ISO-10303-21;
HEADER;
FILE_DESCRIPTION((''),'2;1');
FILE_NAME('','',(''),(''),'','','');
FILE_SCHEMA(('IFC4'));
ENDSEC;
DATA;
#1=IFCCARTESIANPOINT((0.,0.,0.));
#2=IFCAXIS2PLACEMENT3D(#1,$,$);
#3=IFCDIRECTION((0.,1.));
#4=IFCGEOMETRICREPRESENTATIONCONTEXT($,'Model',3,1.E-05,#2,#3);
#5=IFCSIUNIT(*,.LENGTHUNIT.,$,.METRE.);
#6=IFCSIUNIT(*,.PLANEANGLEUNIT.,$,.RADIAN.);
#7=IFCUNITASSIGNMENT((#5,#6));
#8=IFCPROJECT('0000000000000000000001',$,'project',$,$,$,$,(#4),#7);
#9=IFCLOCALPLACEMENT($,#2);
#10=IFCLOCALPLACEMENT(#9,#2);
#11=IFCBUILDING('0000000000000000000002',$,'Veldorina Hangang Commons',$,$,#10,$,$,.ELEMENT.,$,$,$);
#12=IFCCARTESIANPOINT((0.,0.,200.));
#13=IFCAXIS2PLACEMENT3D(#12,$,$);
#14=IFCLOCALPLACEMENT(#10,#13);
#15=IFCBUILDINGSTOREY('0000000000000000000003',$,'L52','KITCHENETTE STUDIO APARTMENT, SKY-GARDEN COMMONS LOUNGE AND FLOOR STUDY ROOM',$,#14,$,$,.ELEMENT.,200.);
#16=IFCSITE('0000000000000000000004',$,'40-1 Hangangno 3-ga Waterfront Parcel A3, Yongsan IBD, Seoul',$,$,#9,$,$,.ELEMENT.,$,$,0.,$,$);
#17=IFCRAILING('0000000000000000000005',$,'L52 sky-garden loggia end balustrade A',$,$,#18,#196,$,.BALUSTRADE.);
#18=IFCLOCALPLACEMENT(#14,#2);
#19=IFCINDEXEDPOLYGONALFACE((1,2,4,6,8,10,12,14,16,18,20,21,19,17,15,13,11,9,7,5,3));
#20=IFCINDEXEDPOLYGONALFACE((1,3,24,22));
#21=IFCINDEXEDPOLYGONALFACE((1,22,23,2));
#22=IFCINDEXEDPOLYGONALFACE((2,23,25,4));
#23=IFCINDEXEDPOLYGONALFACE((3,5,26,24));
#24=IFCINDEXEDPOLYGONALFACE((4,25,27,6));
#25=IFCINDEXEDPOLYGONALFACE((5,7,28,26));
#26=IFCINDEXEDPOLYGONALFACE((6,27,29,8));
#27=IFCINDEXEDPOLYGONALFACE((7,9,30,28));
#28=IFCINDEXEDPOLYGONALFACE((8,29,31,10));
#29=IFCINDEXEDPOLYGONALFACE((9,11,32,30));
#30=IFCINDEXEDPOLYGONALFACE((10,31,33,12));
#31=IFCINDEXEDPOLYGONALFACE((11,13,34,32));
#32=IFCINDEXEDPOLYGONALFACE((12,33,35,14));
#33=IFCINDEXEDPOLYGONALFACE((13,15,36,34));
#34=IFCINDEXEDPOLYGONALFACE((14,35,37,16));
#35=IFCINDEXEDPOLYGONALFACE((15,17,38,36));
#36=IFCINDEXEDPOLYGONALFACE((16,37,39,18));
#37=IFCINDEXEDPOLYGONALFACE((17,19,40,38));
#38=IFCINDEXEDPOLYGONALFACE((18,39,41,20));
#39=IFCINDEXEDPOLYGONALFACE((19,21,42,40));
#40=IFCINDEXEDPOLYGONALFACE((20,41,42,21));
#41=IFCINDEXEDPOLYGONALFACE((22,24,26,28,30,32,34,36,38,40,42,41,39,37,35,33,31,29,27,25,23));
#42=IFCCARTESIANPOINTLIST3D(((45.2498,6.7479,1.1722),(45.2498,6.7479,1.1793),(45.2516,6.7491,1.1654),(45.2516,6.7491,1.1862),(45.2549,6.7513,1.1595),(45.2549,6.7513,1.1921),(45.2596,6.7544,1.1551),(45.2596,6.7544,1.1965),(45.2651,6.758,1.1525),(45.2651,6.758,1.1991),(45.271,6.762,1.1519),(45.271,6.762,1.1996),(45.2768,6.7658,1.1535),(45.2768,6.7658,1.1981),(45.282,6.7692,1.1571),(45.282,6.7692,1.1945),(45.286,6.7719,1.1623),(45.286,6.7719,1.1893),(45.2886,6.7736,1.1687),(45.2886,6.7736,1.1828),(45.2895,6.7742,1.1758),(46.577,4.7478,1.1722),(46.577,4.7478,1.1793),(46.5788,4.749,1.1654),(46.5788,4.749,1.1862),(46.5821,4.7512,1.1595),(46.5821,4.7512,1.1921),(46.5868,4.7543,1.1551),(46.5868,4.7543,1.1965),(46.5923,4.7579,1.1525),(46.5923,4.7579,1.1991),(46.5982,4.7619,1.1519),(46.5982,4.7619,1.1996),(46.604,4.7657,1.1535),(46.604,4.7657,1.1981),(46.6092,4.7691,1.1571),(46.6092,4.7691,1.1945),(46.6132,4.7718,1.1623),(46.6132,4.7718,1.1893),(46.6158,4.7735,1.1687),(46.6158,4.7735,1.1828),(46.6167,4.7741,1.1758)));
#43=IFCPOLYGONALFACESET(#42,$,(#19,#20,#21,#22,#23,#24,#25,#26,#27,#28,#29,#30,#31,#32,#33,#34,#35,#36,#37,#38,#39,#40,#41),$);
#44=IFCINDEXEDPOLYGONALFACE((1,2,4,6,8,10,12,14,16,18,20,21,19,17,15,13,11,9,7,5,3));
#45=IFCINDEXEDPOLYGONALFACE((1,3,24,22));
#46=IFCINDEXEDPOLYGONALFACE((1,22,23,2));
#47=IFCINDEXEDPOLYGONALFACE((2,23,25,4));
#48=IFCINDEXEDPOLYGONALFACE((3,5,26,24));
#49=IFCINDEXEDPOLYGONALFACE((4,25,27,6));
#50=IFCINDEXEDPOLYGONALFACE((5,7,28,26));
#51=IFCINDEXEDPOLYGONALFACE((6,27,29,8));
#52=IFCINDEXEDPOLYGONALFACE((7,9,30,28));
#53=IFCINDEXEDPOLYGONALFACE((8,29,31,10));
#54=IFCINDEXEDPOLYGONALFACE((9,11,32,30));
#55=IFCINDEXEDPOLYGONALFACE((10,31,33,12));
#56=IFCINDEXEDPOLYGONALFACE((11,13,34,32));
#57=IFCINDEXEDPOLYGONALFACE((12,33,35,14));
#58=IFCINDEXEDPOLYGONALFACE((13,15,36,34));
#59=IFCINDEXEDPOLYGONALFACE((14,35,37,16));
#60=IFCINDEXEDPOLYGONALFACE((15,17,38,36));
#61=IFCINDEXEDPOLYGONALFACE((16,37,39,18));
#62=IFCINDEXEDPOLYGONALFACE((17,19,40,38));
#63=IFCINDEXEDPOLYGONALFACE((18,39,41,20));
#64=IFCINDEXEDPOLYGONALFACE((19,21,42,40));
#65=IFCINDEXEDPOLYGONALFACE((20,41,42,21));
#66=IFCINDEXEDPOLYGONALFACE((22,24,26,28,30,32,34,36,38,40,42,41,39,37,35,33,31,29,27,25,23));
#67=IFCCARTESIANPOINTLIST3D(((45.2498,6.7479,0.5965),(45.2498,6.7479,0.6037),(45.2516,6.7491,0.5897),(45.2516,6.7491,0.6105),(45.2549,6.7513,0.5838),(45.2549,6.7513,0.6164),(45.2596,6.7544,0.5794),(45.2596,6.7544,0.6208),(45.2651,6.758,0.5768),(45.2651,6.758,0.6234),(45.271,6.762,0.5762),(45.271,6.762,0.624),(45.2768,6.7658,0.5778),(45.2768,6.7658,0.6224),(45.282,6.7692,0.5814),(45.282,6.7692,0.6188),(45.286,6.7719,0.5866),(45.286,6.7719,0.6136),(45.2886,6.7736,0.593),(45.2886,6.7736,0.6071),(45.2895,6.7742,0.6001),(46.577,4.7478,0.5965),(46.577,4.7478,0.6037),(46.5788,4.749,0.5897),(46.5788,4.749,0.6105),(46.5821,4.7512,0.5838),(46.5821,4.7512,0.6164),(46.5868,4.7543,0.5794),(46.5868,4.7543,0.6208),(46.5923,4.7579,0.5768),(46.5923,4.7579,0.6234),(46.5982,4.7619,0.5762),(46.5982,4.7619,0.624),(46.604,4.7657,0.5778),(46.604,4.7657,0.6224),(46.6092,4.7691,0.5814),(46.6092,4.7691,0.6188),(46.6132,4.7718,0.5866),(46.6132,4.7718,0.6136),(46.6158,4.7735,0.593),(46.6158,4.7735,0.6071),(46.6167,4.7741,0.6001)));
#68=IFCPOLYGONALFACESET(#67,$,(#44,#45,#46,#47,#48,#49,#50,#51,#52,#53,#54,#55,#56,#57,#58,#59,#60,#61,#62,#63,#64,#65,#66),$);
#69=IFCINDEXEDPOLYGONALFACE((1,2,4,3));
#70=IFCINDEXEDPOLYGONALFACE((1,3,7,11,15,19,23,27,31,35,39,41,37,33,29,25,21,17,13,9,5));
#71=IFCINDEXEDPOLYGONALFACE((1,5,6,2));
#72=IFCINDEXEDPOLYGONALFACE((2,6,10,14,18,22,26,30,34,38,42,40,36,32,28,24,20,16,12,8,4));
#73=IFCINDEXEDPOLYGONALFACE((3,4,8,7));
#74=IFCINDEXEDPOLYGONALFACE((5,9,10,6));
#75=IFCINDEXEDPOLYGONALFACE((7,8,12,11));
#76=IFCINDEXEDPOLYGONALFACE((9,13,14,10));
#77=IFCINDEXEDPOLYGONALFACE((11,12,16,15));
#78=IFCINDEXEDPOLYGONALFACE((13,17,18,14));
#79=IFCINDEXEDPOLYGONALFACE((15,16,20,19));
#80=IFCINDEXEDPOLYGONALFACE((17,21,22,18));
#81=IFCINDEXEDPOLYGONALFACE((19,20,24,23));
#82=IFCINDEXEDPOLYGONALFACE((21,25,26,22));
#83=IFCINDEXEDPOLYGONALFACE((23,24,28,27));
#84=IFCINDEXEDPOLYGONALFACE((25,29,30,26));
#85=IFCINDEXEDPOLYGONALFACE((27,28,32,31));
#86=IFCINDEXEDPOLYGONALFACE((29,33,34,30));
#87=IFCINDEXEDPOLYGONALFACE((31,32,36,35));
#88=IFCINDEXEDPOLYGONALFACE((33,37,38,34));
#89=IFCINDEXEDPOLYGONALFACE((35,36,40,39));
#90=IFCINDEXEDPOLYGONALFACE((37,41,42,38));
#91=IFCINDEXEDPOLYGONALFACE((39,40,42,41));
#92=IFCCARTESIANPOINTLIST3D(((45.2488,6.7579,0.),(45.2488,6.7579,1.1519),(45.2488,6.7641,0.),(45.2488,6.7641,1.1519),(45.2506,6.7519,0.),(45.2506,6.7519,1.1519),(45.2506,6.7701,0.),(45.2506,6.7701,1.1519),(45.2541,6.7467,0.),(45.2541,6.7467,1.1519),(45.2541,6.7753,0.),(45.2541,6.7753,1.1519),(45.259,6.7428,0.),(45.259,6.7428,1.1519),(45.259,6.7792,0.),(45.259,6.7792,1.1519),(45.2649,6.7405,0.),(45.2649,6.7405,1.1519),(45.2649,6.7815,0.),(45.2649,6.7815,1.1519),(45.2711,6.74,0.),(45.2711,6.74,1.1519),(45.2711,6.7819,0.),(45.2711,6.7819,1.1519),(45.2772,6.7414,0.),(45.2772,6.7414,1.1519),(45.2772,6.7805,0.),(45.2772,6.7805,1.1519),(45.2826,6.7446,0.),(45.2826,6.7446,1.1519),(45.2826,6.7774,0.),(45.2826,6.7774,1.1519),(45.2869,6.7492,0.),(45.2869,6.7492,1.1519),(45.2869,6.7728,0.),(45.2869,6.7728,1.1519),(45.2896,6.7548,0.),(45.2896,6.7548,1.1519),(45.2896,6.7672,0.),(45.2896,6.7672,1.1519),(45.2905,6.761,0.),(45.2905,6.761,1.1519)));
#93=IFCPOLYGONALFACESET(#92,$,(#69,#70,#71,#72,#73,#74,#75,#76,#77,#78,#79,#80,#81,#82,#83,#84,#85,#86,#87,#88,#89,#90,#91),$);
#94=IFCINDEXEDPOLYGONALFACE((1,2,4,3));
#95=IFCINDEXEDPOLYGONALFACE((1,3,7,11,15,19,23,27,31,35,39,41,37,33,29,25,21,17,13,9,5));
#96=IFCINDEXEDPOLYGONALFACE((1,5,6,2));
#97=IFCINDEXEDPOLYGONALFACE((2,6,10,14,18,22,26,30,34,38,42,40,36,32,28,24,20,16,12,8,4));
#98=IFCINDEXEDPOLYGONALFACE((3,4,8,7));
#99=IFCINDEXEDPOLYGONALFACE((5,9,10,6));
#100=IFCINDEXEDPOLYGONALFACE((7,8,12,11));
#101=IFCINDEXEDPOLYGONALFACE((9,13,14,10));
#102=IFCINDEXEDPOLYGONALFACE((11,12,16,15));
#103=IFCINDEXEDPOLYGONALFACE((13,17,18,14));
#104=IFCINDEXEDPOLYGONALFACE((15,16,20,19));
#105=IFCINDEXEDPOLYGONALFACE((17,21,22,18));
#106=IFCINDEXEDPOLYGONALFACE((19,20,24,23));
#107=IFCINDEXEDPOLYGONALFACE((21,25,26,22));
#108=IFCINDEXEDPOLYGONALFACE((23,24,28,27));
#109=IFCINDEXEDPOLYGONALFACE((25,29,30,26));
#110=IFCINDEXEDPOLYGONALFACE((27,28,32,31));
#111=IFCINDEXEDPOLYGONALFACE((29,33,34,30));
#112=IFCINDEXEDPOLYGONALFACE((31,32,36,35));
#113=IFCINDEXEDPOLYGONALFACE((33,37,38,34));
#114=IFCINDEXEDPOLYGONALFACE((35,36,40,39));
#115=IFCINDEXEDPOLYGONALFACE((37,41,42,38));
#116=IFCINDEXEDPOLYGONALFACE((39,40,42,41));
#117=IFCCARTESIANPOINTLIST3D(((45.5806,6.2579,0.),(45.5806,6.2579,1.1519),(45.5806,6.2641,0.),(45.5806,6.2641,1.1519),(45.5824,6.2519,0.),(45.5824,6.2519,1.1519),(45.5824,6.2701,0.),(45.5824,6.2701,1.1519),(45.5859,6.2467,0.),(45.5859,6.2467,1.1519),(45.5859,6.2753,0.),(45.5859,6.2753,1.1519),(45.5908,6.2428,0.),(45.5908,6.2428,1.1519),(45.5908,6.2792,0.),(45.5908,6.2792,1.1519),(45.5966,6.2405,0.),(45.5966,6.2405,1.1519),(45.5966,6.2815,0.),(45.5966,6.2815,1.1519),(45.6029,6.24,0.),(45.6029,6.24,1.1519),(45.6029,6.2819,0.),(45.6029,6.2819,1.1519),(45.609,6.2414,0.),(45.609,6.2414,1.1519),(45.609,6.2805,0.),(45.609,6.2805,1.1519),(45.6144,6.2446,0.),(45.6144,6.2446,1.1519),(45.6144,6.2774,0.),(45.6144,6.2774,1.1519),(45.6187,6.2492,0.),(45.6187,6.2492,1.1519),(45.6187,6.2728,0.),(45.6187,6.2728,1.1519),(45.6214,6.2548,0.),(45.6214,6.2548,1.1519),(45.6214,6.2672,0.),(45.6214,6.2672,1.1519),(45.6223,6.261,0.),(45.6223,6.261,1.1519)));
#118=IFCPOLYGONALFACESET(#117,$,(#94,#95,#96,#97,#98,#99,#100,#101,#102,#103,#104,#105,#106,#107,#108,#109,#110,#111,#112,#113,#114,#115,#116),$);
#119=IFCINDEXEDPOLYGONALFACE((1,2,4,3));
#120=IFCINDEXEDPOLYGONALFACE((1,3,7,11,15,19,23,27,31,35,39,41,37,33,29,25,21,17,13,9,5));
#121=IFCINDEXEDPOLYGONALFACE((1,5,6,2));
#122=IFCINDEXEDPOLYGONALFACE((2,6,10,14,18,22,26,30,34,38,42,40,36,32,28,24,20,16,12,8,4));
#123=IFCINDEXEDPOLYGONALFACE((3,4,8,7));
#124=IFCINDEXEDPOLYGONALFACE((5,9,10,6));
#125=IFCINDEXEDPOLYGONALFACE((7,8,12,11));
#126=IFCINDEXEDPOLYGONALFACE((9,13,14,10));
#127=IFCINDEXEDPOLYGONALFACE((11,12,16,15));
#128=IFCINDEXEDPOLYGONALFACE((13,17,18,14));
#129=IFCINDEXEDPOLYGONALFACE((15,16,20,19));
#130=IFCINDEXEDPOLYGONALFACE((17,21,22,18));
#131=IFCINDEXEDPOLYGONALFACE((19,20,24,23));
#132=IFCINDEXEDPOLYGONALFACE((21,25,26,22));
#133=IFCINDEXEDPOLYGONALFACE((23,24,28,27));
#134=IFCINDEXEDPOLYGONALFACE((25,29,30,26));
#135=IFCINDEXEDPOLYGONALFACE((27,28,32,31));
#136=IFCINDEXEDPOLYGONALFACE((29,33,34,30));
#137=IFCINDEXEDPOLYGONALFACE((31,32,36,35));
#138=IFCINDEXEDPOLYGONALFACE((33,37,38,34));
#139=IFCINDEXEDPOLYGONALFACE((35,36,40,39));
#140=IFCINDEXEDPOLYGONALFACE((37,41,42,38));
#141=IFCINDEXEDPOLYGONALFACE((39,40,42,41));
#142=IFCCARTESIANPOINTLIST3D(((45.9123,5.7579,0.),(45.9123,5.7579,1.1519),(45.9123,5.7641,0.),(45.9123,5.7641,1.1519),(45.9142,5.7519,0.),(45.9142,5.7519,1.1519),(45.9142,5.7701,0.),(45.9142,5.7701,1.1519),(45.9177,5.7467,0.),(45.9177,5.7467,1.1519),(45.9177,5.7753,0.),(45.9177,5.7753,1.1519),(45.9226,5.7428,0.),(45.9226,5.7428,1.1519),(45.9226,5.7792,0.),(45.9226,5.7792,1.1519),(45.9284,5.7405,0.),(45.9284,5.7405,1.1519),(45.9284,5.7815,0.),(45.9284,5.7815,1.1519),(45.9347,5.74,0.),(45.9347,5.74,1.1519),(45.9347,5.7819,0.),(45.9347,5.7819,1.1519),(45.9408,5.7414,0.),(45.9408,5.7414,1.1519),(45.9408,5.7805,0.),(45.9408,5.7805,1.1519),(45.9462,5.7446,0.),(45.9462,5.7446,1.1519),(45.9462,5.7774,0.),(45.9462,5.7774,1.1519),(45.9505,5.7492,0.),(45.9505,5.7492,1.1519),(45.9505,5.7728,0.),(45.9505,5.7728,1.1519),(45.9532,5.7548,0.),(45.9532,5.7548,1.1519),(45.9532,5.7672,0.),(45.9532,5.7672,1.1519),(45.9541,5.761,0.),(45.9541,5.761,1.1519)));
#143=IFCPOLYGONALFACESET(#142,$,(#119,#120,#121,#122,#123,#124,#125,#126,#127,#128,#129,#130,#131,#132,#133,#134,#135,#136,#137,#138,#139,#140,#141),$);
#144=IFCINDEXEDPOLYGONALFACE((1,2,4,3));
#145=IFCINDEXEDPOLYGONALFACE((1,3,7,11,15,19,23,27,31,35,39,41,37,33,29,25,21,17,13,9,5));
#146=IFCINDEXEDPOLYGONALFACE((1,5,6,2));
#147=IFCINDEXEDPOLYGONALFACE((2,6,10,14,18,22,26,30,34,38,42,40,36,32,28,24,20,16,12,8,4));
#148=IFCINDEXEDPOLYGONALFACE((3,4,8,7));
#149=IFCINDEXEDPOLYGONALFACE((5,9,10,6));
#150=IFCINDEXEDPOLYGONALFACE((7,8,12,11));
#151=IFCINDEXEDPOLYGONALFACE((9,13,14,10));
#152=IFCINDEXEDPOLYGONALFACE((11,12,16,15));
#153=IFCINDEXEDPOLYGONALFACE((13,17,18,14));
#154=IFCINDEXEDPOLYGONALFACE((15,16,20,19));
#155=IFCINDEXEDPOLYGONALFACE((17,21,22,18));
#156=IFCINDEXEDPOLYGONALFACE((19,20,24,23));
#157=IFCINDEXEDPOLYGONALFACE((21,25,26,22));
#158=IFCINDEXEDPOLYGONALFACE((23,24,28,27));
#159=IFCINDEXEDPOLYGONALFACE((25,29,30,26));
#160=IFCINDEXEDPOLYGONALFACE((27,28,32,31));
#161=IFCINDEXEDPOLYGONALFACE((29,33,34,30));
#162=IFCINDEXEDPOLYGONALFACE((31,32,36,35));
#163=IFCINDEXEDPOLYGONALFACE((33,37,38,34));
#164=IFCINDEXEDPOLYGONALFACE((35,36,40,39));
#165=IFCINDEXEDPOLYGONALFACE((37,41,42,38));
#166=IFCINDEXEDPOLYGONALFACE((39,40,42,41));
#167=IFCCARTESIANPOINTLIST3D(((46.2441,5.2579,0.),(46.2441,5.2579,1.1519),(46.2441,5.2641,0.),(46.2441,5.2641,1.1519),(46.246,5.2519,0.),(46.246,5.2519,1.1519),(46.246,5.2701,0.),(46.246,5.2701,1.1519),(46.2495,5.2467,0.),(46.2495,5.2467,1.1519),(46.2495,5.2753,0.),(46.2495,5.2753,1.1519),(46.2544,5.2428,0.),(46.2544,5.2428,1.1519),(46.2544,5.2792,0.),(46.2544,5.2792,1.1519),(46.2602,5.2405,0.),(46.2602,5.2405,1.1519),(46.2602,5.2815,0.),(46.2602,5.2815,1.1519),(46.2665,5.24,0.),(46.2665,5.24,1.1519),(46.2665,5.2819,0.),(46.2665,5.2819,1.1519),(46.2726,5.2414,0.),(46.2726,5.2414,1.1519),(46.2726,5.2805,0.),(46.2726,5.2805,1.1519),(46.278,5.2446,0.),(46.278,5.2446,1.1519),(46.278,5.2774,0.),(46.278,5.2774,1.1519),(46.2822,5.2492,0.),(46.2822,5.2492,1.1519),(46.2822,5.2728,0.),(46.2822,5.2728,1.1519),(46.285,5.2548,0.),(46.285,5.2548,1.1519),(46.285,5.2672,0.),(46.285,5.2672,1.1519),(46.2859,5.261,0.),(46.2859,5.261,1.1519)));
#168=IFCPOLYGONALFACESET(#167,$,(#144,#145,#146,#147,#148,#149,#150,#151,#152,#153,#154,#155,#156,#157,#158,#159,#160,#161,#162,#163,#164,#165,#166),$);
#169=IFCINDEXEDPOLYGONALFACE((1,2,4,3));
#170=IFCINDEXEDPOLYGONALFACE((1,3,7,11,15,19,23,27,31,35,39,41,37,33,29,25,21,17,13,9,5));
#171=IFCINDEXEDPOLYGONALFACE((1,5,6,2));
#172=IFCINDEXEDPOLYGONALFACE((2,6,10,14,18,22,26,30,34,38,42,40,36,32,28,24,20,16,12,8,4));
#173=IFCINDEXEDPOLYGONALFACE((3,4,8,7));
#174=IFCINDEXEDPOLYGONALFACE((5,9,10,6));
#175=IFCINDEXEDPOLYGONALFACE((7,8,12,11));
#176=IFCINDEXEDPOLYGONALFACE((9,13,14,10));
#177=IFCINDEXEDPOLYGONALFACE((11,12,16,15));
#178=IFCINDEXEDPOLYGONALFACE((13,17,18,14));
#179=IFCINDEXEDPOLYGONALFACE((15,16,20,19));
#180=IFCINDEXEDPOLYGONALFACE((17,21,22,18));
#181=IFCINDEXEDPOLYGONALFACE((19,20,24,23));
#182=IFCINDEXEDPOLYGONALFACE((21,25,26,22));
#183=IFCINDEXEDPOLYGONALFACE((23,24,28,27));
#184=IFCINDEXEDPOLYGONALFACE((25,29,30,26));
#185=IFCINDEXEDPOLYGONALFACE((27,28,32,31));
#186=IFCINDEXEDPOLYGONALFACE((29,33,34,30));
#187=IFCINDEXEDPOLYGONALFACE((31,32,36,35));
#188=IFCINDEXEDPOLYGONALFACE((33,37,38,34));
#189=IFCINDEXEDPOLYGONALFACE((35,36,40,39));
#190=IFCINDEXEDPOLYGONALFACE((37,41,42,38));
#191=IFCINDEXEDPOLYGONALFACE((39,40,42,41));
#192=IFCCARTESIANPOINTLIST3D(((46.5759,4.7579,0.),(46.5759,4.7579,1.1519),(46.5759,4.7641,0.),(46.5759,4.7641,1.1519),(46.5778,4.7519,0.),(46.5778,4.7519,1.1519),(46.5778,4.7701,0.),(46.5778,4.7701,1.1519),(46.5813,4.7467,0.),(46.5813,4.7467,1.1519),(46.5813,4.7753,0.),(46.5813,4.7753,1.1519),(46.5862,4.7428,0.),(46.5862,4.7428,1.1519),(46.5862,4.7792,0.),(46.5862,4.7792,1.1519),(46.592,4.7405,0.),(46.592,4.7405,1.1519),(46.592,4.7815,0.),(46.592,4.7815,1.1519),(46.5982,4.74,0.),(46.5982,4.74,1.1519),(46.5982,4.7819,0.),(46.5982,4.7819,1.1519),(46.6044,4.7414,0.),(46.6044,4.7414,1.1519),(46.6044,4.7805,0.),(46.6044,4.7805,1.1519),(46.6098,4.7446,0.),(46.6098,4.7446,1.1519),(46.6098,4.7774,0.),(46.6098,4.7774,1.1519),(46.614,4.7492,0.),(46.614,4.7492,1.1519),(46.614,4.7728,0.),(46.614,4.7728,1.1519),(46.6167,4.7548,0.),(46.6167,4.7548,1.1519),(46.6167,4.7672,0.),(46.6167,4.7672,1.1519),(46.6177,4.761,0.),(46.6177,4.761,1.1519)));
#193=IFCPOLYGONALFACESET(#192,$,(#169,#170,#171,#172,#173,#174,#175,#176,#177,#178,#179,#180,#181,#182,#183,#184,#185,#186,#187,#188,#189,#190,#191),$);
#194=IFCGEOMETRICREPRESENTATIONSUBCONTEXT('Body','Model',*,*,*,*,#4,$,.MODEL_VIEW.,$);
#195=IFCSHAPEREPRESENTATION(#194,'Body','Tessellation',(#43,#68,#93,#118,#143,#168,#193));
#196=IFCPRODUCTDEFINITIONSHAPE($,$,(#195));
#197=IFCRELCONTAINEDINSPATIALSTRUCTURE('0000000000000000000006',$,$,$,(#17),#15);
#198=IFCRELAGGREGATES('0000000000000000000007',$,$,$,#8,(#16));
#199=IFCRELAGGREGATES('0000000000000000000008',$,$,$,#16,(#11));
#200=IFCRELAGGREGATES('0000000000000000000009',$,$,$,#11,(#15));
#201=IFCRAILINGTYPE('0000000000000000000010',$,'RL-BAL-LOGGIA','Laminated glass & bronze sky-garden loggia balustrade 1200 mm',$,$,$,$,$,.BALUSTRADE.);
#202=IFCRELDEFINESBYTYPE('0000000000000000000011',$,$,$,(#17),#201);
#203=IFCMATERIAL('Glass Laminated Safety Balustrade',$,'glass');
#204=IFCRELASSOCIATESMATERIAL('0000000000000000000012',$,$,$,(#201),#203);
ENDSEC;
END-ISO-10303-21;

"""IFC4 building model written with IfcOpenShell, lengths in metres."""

from ifc_helpers import new_model, si_unit, direction, frame, origin, origin_2d, place, context, subcontext, project, spatial, circle, extrude, material, type_object, element, save


model = new_model("IFC4")

# Units and contexts
model_context = context("Model", 3, precision=1e-05, world=origin(), true_north=direction((0.0, 1.0)))
body_context = subcontext(model_context, "Body", "Model", "MODEL_VIEW")
ifc_project = project(units=[si_unit("LENGTHUNIT", "METRE"), si_unit("PLANEANGLEUNIT", "RADIAN")], contexts=[model_context])

# Site, building, storey
site_placement = place(None, origin())
site = spatial("IfcSite", under=ifc_project, at=site_placement, Name="40-1 Hangangno 3-ga Waterfront Parcel A3, Yongsan IBD, Seoul", CompositionType="ELEMENT", RefElevation=0.0)
building_placement = place(site_placement, origin())
building = spatial("IfcBuilding", under=site, at=building_placement, Name="Veldorina Hangang Commons", CompositionType="ELEMENT")
storey_placement = place(building_placement, frame((0.0, 0.0, 200.0)))
storey = spatial("IfcBuildingStorey", under=building, at=storey_placement, Name="L52", Description="KITCHENETTE STUDIO APARTMENT, SKY-GARDEN COMMONS LOUNGE AND FLOOR STUDY ROOM", CompositionType="ELEMENT", Elevation=200.0)

# Railing
ifc_material_1 = material(Name="Glass Laminated Safety Balustrade", Category="glass")
railing_type = type_object("IfcRailingType", Name="RL-BAL-LOGGIA", Description="Laminated glass & bronze sky-garden loggia balustrade 1200 mm", PredefinedType="BALUSTRADE", material=ifc_material_1)
railing_1_placement = place(storey_placement, frame((45.2695, 6.761, 0.0)))
element("IfcRailing", 1, at=railing_1_placement, inside=storey, type_object=railing_type, Name="L52 sky-garden loggia end balustrade A", PredefinedType="BALUSTRADE", context=body_context, shape_type="SweptSolid", body=[
    extrude(circle(Radius=0.0239, at=origin_2d()), frame((0.0, 0.0, 1.1758), z_axis=(0.552915, -0.833238, 0.0), x_axis=(0.833238, 0.552915, 0.0)), (0.0, 0.0, 1.0), 2.4004),
    extrude(circle(Radius=0.0239, at=origin_2d()), frame((0.0, 0.0, 0.6001), z_axis=(0.552915, -0.833238, 0.0), x_axis=(0.833238, 0.552915, 0.0)), (0.0, 0.0, 1.0), 2.4004),
    extrude(circle(Radius=0.021, at=origin_2d()), origin(), (0.0, 0.0, 1.0), 1.1519),
    extrude(circle(Radius=0.021, at=origin_2d()), frame((0.3318, -0.5, 0.0)), (0.0, 0.0, 1.0), 1.1519),
    extrude(circle(Radius=0.021, at=origin_2d()), frame((0.6636, -1.0, 0.0)), (0.0, 0.0, 1.0), 1.1519),
    extrude(circle(Radius=0.021, at=origin_2d()), frame((0.9954, -1.5, 0.0)), (0.0, 0.0, 1.0), 1.1519),
    extrude(circle(Radius=0.021, at=origin_2d()), frame((1.3271, -2.0, 0.0)), (0.0, 0.0, 1.0), 1.1519),
])

save(model, "model.ifc")
